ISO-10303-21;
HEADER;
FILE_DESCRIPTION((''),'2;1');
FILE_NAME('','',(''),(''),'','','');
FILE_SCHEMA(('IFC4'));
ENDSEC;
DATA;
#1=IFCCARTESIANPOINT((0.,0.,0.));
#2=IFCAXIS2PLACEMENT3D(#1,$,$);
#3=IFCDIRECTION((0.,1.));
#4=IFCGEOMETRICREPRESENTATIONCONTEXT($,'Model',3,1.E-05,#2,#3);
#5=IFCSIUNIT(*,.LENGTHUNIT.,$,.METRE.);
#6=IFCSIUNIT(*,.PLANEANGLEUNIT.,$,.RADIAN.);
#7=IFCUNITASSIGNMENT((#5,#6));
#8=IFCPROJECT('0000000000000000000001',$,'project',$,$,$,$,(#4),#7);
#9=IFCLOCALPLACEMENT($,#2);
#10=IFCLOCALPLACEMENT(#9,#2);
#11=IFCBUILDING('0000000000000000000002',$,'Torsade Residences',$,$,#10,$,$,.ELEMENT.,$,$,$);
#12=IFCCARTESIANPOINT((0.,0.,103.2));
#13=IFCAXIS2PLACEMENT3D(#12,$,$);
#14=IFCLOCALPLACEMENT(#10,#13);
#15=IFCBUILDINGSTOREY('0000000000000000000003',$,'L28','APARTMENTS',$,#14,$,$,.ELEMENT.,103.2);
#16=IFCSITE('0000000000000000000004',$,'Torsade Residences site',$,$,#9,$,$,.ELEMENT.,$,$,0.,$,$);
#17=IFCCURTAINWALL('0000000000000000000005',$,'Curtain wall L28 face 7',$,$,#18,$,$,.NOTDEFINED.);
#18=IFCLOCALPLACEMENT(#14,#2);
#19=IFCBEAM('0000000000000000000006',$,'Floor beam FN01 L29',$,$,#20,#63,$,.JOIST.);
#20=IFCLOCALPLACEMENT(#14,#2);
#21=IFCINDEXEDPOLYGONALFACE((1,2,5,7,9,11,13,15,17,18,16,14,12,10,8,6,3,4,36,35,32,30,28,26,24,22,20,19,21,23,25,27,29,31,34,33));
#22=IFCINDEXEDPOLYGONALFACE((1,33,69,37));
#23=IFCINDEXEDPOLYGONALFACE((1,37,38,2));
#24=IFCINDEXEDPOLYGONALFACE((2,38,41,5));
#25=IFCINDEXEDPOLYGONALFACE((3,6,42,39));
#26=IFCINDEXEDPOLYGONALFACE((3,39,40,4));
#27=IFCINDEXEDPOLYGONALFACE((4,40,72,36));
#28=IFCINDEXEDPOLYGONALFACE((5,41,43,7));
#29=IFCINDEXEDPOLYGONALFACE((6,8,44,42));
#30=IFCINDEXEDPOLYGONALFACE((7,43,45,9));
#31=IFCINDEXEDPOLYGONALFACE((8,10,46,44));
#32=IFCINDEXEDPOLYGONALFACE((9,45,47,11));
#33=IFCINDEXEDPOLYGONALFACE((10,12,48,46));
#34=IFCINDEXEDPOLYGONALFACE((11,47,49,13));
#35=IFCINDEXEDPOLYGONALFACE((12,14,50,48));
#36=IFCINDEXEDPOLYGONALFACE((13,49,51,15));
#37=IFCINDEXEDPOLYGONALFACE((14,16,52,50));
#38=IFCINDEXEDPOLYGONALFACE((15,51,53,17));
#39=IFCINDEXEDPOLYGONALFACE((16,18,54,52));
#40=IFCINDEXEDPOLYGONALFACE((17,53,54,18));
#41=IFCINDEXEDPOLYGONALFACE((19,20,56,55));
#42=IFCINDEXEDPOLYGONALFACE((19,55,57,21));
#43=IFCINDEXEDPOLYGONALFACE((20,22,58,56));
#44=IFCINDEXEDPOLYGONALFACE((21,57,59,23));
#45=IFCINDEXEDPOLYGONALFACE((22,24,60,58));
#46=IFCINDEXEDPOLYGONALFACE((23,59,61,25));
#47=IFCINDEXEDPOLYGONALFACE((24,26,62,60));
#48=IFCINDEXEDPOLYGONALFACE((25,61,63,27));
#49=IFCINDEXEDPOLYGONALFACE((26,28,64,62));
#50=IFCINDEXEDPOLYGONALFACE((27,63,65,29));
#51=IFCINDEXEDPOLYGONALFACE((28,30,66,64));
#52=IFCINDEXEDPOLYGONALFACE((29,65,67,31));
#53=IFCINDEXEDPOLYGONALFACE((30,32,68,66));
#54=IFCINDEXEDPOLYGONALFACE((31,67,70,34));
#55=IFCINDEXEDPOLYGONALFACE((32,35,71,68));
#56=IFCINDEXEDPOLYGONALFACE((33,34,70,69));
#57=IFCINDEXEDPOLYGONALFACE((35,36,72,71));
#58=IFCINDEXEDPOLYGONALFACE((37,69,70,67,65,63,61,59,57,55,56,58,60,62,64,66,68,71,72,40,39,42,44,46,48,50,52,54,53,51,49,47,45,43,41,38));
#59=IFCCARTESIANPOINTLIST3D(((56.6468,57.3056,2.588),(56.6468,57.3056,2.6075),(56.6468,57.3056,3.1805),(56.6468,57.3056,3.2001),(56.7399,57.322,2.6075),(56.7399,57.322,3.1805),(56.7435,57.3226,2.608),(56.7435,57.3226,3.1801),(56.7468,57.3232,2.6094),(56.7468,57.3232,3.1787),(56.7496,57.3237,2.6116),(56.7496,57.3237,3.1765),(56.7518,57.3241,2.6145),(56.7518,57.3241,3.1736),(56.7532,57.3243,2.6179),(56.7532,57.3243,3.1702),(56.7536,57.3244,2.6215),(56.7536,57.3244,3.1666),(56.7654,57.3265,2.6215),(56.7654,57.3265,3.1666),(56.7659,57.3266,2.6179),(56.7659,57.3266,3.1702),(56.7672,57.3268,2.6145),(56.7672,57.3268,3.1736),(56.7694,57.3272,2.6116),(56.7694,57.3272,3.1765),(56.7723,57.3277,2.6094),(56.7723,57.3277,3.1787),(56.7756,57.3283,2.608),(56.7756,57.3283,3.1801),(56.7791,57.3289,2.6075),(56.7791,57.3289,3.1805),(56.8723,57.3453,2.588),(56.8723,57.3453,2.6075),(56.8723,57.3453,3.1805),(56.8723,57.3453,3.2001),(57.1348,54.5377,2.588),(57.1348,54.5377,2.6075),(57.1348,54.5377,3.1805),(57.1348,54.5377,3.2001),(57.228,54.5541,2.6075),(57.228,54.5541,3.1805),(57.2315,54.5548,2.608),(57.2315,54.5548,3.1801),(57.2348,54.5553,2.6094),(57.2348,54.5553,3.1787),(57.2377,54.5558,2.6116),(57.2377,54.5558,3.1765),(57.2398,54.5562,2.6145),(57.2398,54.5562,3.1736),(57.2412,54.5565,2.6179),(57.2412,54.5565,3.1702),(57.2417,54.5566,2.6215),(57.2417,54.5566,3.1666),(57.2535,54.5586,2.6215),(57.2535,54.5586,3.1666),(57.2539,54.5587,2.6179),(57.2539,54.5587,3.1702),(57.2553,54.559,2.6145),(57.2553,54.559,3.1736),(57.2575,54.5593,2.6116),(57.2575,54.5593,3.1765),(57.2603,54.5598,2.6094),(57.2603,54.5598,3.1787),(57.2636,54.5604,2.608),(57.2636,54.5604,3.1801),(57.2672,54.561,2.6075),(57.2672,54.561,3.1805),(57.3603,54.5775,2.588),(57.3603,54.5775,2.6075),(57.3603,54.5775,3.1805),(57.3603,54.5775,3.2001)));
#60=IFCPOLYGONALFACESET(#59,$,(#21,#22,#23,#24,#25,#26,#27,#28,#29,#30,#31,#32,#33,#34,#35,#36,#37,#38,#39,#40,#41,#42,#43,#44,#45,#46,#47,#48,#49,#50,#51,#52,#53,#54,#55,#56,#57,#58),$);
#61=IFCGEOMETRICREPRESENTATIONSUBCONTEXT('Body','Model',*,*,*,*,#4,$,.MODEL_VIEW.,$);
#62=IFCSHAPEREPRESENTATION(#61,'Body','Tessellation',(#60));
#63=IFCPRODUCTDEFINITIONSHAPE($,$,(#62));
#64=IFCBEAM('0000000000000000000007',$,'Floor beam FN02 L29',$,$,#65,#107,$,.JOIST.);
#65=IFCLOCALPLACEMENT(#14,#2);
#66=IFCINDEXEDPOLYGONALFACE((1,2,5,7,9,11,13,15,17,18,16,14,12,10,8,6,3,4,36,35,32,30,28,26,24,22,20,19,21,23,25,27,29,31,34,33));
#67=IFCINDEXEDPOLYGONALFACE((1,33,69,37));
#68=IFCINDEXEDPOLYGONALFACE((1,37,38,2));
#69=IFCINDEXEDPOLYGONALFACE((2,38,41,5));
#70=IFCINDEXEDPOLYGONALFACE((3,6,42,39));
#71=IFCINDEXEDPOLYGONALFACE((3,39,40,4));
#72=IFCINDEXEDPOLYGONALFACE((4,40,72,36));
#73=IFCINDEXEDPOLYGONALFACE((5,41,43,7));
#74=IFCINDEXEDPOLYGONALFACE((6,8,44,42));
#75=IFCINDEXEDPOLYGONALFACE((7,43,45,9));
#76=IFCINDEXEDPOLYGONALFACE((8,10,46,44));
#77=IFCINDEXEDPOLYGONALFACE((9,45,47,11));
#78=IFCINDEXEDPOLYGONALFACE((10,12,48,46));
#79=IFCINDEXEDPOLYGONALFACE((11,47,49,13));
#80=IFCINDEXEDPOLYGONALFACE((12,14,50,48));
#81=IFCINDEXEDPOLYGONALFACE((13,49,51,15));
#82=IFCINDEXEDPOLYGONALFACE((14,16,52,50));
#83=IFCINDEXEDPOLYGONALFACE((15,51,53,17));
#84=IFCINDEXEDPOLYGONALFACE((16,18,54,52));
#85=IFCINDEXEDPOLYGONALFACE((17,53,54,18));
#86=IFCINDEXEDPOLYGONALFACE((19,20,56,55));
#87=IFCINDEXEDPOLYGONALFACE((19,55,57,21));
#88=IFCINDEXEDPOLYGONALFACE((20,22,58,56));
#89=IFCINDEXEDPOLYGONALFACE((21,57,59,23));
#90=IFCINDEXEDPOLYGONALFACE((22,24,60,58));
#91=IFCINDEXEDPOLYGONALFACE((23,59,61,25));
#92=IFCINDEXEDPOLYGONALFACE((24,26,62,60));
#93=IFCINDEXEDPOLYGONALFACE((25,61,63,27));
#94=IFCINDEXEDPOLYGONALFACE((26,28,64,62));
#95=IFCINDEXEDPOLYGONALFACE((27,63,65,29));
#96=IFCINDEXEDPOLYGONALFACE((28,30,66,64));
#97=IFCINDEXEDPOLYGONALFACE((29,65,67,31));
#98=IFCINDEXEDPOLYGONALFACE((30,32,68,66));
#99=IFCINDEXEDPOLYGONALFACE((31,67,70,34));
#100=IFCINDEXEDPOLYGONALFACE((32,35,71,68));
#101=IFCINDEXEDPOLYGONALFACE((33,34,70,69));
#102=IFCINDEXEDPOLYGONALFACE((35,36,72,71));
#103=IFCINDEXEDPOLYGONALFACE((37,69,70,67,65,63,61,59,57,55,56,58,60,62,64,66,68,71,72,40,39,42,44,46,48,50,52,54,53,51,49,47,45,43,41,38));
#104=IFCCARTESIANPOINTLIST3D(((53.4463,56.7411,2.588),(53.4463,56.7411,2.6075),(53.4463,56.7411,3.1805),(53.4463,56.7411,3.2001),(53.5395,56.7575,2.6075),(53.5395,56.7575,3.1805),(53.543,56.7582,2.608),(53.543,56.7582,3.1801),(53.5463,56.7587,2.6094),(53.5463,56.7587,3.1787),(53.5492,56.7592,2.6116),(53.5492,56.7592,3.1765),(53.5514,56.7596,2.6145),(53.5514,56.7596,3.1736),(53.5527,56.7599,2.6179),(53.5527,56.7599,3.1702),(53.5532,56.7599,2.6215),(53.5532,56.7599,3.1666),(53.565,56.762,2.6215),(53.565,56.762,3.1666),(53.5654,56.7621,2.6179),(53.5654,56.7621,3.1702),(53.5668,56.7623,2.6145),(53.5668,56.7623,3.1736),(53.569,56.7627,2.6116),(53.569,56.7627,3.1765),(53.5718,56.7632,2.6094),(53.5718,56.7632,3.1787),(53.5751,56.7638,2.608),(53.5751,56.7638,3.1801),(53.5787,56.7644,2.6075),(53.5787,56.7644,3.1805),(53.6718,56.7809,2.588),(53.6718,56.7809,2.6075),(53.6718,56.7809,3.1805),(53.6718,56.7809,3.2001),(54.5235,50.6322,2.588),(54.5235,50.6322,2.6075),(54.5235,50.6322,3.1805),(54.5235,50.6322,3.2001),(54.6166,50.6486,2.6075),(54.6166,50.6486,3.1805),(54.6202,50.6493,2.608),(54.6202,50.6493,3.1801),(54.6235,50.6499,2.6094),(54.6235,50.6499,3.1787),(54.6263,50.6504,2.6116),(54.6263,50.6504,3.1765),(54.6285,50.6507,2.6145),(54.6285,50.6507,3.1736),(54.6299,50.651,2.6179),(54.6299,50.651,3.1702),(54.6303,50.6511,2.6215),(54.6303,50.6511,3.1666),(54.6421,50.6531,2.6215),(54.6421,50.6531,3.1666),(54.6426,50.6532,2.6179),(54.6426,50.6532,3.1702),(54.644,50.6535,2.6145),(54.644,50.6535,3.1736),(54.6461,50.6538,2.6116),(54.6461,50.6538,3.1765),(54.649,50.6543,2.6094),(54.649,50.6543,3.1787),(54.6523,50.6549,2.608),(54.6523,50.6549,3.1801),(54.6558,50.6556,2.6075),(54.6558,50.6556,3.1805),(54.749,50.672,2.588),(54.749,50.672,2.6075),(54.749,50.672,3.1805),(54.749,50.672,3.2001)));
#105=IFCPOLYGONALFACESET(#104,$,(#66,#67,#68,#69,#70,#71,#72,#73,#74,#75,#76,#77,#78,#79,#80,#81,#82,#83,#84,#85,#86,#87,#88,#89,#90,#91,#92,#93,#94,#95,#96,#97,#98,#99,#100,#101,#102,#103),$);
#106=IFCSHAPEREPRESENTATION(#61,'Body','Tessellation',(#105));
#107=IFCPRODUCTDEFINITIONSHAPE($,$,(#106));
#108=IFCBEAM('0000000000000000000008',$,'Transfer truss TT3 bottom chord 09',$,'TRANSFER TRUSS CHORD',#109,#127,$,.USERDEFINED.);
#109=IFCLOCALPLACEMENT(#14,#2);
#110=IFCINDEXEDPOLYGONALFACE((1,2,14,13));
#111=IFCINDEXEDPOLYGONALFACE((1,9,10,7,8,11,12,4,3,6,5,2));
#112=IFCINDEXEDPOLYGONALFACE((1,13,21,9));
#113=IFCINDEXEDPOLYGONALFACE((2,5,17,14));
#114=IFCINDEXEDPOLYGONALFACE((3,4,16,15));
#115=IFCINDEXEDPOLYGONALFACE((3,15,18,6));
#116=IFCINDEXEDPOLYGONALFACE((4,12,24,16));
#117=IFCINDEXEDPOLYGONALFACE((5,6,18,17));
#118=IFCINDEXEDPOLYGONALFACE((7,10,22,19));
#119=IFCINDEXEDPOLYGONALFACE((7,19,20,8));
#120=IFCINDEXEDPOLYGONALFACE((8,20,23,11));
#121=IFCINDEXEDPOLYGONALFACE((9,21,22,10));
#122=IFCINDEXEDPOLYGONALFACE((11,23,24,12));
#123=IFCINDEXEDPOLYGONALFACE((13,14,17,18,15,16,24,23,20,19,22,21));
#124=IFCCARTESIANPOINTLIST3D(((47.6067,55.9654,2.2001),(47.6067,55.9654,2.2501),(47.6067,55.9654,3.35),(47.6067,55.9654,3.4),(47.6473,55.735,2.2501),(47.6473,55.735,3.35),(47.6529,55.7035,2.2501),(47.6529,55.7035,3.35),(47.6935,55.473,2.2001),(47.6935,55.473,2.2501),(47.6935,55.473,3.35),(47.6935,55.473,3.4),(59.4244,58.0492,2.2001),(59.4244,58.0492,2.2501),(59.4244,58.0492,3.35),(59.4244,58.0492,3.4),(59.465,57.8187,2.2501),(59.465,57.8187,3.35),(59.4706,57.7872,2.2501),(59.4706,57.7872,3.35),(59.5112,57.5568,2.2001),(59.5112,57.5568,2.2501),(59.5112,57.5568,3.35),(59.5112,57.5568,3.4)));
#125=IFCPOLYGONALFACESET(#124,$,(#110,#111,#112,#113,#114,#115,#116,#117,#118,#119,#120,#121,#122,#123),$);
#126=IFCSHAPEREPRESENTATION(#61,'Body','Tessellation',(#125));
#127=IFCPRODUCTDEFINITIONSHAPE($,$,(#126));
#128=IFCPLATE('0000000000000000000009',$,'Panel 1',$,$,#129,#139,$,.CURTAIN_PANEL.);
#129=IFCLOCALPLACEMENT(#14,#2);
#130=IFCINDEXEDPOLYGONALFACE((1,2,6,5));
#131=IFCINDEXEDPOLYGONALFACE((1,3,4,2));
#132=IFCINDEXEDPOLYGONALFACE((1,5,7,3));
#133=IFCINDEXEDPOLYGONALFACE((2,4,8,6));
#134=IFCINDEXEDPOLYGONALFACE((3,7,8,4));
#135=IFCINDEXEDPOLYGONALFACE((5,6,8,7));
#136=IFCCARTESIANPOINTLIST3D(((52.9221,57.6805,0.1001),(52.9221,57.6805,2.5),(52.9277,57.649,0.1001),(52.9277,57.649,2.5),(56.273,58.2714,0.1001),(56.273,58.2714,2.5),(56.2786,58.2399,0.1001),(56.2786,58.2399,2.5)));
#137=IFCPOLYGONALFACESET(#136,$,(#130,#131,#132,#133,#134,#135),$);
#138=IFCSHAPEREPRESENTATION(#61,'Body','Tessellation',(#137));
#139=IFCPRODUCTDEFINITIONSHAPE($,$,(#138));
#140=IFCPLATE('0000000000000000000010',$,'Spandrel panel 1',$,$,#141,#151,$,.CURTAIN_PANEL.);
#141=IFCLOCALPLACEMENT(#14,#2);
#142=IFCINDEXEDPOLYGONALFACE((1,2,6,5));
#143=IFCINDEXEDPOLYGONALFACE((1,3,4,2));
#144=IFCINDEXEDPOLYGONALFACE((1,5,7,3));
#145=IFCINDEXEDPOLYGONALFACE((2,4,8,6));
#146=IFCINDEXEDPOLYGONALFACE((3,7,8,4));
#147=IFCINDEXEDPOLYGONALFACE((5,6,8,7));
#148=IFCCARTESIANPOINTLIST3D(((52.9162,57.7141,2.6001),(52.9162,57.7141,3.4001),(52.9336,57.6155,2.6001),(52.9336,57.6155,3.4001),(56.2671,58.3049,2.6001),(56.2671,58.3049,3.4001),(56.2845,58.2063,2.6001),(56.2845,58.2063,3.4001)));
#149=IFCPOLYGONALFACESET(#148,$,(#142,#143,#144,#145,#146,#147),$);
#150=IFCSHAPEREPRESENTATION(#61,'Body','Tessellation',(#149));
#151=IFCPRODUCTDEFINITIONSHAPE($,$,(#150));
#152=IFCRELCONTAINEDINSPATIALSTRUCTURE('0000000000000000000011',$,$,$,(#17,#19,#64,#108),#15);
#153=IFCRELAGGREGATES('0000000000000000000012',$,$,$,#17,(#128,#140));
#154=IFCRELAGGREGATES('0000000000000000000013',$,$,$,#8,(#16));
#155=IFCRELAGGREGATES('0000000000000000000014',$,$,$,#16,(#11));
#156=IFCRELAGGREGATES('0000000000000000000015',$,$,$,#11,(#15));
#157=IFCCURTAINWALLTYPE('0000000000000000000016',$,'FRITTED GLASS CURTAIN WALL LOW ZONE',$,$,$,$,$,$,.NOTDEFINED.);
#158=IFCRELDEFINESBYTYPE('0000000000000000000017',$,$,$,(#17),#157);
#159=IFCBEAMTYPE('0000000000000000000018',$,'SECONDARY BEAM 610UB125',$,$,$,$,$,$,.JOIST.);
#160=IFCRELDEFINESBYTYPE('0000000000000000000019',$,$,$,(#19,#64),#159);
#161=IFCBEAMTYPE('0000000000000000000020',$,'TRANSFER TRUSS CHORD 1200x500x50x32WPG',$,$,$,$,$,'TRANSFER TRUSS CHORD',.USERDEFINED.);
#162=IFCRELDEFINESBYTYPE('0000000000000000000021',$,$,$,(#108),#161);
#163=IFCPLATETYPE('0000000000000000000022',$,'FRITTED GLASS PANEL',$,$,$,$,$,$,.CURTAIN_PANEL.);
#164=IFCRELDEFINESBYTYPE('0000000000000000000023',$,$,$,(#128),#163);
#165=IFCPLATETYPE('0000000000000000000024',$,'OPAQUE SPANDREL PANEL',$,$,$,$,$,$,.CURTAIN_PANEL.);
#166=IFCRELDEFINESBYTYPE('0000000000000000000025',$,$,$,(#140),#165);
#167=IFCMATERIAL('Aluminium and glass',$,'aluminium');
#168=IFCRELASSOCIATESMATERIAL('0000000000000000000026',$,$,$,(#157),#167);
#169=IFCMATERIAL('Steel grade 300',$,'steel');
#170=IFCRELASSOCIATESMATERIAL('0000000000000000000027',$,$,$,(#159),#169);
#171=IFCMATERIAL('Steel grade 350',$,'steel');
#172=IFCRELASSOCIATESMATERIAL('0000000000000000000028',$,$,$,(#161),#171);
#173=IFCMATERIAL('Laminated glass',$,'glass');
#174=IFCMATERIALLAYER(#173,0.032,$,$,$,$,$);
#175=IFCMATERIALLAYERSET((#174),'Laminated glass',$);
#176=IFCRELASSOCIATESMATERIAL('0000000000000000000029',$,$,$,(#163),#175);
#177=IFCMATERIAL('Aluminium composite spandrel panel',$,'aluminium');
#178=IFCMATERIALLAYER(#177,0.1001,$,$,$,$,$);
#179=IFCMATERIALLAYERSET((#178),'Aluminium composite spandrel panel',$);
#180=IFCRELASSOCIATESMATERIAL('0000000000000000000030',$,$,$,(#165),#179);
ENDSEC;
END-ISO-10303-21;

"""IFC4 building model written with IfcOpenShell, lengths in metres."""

from ifc_helpers import new_model, si_unit, direction, frame, origin, origin_2d, place, context, subcontext, project, spatial, rectangle, i_section, extrude, material, layer, layer_set, material_profile, profile_set, type_object, element, aggregate, save


model = new_model("IFC4")

# Units and contexts
model_context = context("Model", 3, precision=1e-05, world=origin(), true_north=direction((0.0, 1.0)))
body_context = subcontext(model_context, "Body", "Model", "MODEL_VIEW")
ifc_project = project(units=[si_unit("LENGTHUNIT", "METRE"), si_unit("PLANEANGLEUNIT", "RADIAN")], contexts=[model_context])

# Site, building, storey
site_placement = place(None, origin())
site = spatial("IfcSite", under=ifc_project, at=site_placement, Name="Torsade Residences site", CompositionType="ELEMENT", RefElevation=0.0)
building_placement = place(site_placement, origin())
building = spatial("IfcBuilding", under=site, at=building_placement, Name="Torsade Residences", CompositionType="ELEMENT")
storey_placement = place(building_placement, frame((0.0, 0.0, 103.2)))
storey = spatial("IfcBuildingStorey", under=building, at=storey_placement, Name="L28", Description="APARTMENTS", CompositionType="ELEMENT", Elevation=103.2)

# Shared definitions
ifc_material_1 = material(Name="Aluminium and glass", Category="aluminium")
curtain_wall_type = type_object("IfcCurtainWallType", Name="FRITTED GLASS CURTAIN WALL LOW ZONE", PredefinedType="NOTDEFINED", material=ifc_material_1)

# Curtain wall
curtain_wall_1_placement = place(storey_placement, origin())
curtain_wall_1 = element("IfcCurtainWall", 1, at=curtain_wall_1_placement, inside=storey, type_object=curtain_wall_type, Name="Curtain wall L28 face 7", PredefinedType="NOTDEFINED")

# Beams
ifc_material_2 = material(Name="Steel grade 300", Category="steel")
ifc_material_profile_1 = material_profile(ifc_material_2, i_section(OverallWidth=0.229, OverallDepth=0.6121, WebThickness=0.012, FlangeThickness=0.0195, FilletRadius=0.0139, at=origin_2d()), Name="610UB125")
ifc_profile_set_1 = profile_set([ifc_material_profile_1], Name="Steel grade 300")
beam_type_1 = type_object("IfcBeamType", Name="SECONDARY BEAM 610UB125", PredefinedType="JOIST", material=ifc_profile_set_1)
beam_1_placement = place(storey_placement, frame((56.7595, 57.3254, 2.894), z_axis=(0.173647, -0.984808, 0.0), x_axis=(0.984808, 0.173647, 0.0)))
element("IfcBeam", 2, at=beam_1_placement, inside=storey, type_object=beam_type_1, Name="Floor beam FN01 L29", PredefinedType="JOIST", context=body_context, shape_type="SweptSolid", body=[
    extrude(i_section(OverallWidth=0.229, OverallDepth=0.6121, WebThickness=0.012, FlangeThickness=0.0195, FilletRadius=0.0139, at=origin_2d()), origin(), (0.0, 0.0, 1.0), 2.8105),
])
beam_2_placement = place(storey_placement, frame((53.5591, 56.761, 2.894), z_axis=(0.173646, -0.984808, 0.0), x_axis=(0.984808, 0.173646, 0.0)))
element("IfcBeam", 3, at=beam_2_placement, inside=storey, type_object=beam_type_1, Name="Floor beam FN02 L29", PredefinedType="JOIST", context=body_context, shape_type="SweptSolid", body=[
    extrude(i_section(OverallWidth=0.229, OverallDepth=0.6121, WebThickness=0.012, FlangeThickness=0.0195, FilletRadius=0.0139, at=origin_2d()), origin(), (0.0, 0.0, 1.0), 6.2031),
])
ifc_material_3 = material(Name="Steel grade 350", Category="steel")
ifc_material_profile_2 = material_profile(ifc_material_3, i_section(OverallWidth=0.5, OverallDepth=1.2, WebThickness=0.032, FlangeThickness=0.05, at=origin_2d()), Name="1200x500x50x32WPG")
ifc_profile_set_2 = profile_set([ifc_material_profile_2], Name="Steel grade 350")
beam_type_2 = type_object("IfcBeamType", Name="TRANSFER TRUSS CHORD 1200x500x50x32WPG", ElementType="TRANSFER TRUSS CHORD", PredefinedType="USERDEFINED", material=ifc_profile_set_2)
beam_3_placement = place(storey_placement, frame((59.4678, 57.803, 2.8), z_axis=(-0.984808, -0.173646, 0.0), x_axis=(0.173646, -0.984808, 0.0)))
element("IfcBeam", 4, at=beam_3_placement, inside=storey, type_object=beam_type_2, Name="Transfer truss TT3 bottom chord 09", ObjectType="TRANSFER TRUSS CHORD", PredefinedType="USERDEFINED", context=body_context, shape_type="SweptSolid", body=[
    extrude(i_section(OverallWidth=0.5, OverallDepth=1.2, WebThickness=0.032, FlangeThickness=0.05, at=origin_2d()), origin(), (0.0, 0.0, 1.0), 12.0),
])

# Plates
ifc_material_4 = material(Name="Laminated glass", Category="glass")
ifc_layer_1 = layer(ifc_material_4, 0.032)
ifc_layer_set_1 = layer_set([ifc_layer_1], Name="Laminated glass")
plate_type_1 = type_object("IfcPlateType", Name="FRITTED GLASS PANEL", PredefinedType="CURTAIN_PANEL", material=ifc_layer_set_1)
plate_1_placement = place(storey_placement, frame((54.6003, 57.9602, 0.1001), z_axis=(0.0, 0.0, 1.0), x_axis=(-0.984808, -0.173648, 0.0)))
plate_1 = element("IfcPlate", 5, at=plate_1_placement, type_object=plate_type_1, Name="Panel 1", PredefinedType="CURTAIN_PANEL", context=body_context, shape_type="SweptSolid", body=[
    extrude(rectangle(XDim=3.4026, YDim=0.032, at=origin_2d()), origin(), (0.0, 0.0, 1.0), 2.3999),
])
ifc_material_5 = material(Name="Aluminium composite spandrel panel", Category="aluminium")
ifc_layer_2 = layer(ifc_material_5, 0.1001)
ifc_layer_set_2 = layer_set([ifc_layer_2], Name="Aluminium composite spandrel panel")
plate_type_2 = type_object("IfcPlateType", Name="OPAQUE SPANDREL PANEL", PredefinedType="CURTAIN_PANEL", material=ifc_layer_set_2)
plate_2_placement = place(storey_placement, frame((54.6003, 57.9602, 2.6001), z_axis=(0.0, 0.0, 1.0), x_axis=(-0.984808, -0.173648, 0.0)))
plate_2 = element("IfcPlate", 6, at=plate_2_placement, type_object=plate_type_2, Name="Spandrel panel 1", PredefinedType="CURTAIN_PANEL", context=body_context, shape_type="SweptSolid", body=[
    extrude(rectangle(XDim=3.4026, YDim=0.1001, at=origin_2d()), origin(), (0.0, 0.0, 1.0), 0.8),
])
aggregate(curtain_wall_1, [plate_1, plate_2])

save(model, "model.ifc")
